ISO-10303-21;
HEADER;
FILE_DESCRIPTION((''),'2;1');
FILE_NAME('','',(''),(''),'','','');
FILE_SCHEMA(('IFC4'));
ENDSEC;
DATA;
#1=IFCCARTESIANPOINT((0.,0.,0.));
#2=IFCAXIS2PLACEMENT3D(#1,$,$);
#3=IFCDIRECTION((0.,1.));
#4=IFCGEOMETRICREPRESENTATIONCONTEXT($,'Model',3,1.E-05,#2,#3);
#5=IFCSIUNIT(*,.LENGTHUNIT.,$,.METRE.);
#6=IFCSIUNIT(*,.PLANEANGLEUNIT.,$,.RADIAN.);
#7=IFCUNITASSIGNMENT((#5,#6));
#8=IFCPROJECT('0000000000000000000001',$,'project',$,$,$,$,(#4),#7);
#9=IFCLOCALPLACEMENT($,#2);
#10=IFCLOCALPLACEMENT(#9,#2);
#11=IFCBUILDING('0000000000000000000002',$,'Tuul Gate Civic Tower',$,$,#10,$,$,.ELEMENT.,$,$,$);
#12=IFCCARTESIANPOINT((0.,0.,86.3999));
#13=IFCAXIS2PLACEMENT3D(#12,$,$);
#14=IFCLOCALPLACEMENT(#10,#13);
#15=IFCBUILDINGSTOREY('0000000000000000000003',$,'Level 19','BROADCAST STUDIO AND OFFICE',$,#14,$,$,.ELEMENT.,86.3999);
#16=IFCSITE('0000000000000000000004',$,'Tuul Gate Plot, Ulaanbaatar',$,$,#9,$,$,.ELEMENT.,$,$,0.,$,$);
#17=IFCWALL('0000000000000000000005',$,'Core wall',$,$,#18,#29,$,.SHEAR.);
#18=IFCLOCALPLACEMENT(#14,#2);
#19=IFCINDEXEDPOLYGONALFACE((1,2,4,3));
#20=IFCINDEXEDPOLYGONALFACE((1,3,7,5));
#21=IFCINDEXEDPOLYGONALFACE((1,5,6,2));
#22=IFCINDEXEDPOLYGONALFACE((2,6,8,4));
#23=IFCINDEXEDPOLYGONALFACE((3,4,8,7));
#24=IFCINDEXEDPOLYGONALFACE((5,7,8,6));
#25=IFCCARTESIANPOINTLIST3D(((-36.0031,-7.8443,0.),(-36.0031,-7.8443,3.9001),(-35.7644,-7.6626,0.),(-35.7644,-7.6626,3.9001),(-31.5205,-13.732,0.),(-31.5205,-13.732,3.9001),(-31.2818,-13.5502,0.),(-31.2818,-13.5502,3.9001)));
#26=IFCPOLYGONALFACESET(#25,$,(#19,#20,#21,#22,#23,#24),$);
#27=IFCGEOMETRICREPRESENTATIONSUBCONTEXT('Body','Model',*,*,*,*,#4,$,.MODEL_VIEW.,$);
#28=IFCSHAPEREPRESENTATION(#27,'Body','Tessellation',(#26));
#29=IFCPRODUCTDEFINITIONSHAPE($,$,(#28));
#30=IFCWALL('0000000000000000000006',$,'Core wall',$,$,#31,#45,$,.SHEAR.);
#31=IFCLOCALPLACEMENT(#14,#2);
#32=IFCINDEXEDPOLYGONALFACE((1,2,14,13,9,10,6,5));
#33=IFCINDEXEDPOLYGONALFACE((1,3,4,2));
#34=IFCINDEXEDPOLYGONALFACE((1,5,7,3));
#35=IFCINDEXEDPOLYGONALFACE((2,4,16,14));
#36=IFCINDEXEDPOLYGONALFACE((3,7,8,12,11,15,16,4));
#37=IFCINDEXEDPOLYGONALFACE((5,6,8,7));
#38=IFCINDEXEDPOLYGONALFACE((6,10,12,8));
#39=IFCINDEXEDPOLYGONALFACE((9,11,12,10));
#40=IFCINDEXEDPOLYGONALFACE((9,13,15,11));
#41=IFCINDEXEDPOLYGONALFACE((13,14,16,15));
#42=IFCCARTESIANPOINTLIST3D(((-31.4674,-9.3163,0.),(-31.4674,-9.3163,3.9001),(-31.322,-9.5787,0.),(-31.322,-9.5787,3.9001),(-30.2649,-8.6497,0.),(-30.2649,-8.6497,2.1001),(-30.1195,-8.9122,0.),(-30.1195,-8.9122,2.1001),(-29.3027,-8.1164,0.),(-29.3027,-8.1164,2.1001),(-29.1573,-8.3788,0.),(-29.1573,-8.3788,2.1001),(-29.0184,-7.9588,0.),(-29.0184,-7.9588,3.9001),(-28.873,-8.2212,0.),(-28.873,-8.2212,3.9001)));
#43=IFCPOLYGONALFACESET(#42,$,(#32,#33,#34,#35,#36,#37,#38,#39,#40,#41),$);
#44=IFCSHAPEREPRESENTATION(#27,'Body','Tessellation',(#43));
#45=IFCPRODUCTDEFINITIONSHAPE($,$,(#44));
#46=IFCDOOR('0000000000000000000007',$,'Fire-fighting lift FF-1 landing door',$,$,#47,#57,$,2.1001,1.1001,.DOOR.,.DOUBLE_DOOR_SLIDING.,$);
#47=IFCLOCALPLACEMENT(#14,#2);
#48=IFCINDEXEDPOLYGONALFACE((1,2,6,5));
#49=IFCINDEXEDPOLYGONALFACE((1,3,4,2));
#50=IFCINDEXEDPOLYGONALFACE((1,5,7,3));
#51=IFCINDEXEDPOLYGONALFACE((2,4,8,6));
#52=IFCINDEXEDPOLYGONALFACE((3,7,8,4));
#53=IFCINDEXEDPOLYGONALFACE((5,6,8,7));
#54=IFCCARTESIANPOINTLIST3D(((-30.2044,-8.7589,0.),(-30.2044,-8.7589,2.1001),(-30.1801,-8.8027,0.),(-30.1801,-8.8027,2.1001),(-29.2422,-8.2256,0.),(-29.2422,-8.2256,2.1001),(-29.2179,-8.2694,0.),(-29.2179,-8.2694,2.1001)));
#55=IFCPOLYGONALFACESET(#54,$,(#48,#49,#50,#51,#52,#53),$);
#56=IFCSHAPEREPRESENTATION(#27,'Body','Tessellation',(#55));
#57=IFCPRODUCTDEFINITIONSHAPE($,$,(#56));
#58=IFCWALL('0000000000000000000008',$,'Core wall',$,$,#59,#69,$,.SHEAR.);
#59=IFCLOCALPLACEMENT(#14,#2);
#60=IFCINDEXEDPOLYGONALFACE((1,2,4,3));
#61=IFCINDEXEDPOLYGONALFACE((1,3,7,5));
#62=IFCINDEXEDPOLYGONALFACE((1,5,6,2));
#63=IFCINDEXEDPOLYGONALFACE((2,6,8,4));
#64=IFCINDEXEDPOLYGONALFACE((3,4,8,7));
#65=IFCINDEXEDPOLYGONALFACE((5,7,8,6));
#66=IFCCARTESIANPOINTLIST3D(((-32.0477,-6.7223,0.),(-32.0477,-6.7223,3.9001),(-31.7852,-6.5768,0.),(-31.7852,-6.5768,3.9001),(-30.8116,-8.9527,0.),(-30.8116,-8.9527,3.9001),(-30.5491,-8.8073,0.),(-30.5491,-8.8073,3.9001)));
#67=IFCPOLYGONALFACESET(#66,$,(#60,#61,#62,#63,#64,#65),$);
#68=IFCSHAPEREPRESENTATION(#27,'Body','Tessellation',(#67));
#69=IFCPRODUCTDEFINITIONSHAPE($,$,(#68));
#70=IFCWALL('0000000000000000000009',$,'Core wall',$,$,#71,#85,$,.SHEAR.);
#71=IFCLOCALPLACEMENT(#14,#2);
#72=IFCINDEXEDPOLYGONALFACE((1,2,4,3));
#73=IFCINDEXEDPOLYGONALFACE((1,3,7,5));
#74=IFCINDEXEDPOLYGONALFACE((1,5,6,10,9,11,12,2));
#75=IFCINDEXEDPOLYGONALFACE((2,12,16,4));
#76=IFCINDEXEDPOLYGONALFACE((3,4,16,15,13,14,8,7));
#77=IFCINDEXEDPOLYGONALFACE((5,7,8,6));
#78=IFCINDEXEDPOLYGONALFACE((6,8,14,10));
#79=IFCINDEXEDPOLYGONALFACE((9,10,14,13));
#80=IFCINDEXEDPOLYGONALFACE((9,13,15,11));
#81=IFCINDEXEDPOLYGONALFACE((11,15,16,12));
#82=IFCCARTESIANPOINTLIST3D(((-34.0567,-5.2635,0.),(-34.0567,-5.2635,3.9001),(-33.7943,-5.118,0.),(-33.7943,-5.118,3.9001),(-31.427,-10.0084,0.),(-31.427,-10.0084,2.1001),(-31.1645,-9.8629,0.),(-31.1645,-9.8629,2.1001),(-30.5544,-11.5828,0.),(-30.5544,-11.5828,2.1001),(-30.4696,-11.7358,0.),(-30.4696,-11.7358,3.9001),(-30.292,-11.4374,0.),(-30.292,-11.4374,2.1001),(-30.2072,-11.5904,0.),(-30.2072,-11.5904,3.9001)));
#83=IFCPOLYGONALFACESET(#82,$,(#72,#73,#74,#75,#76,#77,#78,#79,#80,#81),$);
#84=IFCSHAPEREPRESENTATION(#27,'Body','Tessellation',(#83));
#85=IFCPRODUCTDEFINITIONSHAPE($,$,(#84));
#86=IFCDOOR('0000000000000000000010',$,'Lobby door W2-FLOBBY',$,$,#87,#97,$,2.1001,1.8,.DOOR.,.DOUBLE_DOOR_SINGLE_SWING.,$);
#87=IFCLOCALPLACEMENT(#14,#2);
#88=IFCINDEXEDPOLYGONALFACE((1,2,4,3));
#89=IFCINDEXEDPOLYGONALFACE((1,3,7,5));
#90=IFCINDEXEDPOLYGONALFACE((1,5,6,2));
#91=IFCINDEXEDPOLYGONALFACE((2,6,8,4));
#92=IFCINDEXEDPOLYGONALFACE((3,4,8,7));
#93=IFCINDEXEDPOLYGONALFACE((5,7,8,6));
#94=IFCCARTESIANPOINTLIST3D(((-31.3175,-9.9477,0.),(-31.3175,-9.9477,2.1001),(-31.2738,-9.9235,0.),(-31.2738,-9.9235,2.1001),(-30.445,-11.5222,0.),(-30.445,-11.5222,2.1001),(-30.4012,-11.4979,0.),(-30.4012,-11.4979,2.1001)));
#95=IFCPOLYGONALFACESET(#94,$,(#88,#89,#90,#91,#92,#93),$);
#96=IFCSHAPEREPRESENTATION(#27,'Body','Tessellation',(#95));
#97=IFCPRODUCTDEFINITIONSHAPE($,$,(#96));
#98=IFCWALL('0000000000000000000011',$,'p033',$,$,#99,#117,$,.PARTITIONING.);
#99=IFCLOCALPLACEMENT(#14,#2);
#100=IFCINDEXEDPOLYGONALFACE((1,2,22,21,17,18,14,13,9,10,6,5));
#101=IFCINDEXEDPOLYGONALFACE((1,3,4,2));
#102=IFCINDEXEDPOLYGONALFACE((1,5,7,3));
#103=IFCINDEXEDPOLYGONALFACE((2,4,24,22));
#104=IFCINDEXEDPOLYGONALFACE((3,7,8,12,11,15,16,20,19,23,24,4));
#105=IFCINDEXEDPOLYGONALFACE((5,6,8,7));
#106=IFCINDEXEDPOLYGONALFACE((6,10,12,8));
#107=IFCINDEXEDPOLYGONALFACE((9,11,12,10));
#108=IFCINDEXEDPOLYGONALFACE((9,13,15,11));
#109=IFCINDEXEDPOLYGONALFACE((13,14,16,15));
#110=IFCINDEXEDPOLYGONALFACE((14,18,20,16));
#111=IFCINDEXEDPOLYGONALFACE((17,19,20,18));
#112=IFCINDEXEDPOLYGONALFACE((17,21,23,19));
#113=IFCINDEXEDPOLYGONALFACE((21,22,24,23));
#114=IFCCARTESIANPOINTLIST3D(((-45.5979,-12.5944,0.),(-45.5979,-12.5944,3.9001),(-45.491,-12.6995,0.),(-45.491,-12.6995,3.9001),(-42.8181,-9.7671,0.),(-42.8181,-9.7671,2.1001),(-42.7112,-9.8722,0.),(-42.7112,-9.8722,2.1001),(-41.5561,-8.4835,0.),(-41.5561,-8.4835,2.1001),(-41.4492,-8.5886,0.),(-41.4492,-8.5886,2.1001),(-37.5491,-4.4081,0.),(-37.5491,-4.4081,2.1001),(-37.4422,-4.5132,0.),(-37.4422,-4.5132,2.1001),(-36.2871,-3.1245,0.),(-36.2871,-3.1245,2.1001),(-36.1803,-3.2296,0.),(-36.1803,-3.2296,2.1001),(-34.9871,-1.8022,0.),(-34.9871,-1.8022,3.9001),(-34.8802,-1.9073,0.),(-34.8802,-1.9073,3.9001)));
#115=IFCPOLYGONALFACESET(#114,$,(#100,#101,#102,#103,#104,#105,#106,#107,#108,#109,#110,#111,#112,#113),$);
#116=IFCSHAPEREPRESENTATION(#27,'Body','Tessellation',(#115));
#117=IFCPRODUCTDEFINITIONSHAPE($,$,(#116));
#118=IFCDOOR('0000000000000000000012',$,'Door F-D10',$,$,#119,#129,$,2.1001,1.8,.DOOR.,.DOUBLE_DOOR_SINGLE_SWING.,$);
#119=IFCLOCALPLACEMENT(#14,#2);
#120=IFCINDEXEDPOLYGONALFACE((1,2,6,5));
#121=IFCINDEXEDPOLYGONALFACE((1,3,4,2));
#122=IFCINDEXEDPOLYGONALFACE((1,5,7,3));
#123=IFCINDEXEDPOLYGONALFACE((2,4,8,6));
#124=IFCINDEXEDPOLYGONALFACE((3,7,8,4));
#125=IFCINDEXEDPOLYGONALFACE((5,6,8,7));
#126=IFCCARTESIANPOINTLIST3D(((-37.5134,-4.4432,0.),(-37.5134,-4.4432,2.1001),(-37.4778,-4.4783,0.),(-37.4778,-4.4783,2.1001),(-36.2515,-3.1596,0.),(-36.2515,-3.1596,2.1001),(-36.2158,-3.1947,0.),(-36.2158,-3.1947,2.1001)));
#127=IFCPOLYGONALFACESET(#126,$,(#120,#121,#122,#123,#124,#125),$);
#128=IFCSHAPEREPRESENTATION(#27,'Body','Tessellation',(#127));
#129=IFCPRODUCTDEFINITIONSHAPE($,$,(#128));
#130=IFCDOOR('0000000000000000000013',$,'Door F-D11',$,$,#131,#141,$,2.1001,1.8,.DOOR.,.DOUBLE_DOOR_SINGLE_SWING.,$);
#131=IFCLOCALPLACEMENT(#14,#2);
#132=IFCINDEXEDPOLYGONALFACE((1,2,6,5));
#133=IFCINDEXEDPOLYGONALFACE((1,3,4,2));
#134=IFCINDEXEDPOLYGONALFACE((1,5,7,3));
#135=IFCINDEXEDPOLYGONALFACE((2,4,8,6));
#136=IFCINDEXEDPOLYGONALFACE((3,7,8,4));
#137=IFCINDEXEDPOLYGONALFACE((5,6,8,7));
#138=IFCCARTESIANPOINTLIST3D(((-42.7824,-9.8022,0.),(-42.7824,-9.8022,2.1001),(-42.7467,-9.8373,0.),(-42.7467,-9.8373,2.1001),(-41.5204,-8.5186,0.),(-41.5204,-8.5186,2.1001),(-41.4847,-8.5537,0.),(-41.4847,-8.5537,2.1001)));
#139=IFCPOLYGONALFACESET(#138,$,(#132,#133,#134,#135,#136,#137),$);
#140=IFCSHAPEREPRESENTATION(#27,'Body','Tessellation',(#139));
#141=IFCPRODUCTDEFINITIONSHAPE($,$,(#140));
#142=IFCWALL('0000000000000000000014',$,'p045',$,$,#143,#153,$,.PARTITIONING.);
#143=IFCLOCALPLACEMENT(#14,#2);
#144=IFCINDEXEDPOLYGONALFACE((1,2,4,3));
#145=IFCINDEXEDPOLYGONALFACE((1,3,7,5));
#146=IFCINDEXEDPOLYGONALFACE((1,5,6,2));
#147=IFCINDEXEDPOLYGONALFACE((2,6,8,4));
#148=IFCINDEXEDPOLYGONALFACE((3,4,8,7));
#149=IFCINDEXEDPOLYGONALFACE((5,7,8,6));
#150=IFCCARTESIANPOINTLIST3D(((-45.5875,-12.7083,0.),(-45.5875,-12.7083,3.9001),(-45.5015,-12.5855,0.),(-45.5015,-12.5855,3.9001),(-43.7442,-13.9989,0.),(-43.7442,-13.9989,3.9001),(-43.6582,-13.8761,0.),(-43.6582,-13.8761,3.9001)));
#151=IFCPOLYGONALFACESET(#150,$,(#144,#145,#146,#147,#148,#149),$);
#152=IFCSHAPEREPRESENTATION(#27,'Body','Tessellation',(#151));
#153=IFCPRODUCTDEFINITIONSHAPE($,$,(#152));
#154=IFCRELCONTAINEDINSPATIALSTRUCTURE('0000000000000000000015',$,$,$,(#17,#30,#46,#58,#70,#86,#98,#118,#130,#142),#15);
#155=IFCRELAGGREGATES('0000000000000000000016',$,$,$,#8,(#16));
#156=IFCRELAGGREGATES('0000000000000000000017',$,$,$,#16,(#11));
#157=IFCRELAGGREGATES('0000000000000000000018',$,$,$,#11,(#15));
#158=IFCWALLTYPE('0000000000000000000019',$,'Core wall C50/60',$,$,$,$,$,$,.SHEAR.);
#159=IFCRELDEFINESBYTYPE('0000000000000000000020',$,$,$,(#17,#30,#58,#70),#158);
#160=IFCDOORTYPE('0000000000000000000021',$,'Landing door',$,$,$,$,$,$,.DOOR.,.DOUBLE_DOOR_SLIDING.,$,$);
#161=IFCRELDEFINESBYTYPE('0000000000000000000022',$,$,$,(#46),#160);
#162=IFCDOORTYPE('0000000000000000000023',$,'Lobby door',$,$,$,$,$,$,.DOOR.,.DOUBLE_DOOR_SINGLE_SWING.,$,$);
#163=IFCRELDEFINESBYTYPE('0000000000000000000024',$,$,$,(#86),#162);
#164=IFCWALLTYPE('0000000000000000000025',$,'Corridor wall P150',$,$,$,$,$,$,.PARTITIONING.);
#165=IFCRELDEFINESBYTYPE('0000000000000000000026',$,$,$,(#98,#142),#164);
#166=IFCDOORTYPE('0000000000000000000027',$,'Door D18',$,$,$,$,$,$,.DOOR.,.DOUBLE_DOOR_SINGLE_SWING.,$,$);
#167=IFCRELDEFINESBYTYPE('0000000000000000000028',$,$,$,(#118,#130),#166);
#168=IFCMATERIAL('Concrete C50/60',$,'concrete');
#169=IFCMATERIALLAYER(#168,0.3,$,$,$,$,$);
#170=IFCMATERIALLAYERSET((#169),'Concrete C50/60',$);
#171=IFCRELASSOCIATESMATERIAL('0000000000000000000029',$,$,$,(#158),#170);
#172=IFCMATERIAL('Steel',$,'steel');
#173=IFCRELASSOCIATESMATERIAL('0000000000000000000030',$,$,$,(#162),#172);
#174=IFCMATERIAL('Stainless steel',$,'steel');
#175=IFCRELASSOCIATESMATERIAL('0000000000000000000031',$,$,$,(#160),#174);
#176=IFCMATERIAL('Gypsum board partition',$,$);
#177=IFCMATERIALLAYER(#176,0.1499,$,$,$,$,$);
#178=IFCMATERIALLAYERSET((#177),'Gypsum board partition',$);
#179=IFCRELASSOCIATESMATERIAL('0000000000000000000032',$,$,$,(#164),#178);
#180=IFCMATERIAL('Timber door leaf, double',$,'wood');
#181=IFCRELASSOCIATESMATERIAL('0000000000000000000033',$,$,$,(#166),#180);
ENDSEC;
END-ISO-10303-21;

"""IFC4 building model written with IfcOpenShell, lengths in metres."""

from ifc_helpers import new_model, si_unit, direction, frame, frame_2d, origin, place, context, subcontext, project, spatial, rectangle, extrude, material, layer, layer_set, type_object, element, fill, save


model = new_model("IFC4")

# Units and contexts
model_context = context("Model", 3, precision=1e-05, world=origin(), true_north=direction((0.0, 1.0)))
body_context = subcontext(model_context, "Body", "Model", "MODEL_VIEW")
ifc_project = project(units=[si_unit("LENGTHUNIT", "METRE"), si_unit("PLANEANGLEUNIT", "RADIAN")], contexts=[model_context])

# Site, building, storey
site_placement = place(None, origin())
site = spatial("IfcSite", under=ifc_project, at=site_placement, Name="Tuul Gate Plot, Ulaanbaatar", CompositionType="ELEMENT", RefElevation=0.0)
building_placement = place(site_placement, origin())
building = spatial("IfcBuilding", under=site, at=building_placement, Name="Tuul Gate Civic Tower", CompositionType="ELEMENT")
storey_placement = place(building_placement, frame((0.0, 0.0, 86.3999)))
storey = spatial("IfcBuildingStorey", under=building, at=storey_placement, Name="Level 19", Description="BROADCAST STUDIO AND OFFICE", CompositionType="ELEMENT", Elevation=86.3999)

# Shared definitions
ifc_material_1 = material(Name="Concrete C50/60", Category="concrete")
ifc_layer_1 = layer(ifc_material_1, 0.3)
ifc_layer_set_1 = layer_set([ifc_layer_1], Name="Concrete C50/60")
wall_type_1 = type_object("IfcWallType", Name="Core wall C50/60", PredefinedType="SHEAR", material=ifc_layer_set_1)
ifc_material_2 = material(Name="Steel", Category="steel")
door_type_1 = type_object("IfcDoorType", Name="Lobby door", OperationType="DOUBLE_DOOR_SINGLE_SWING", PredefinedType="DOOR", material=ifc_material_2)

# Wall
wall_1_placement = place(storey_placement, frame((-31.4011, -13.6411, 0.0), z_axis=(0.0, 0.0, 1.0), x_axis=(-0.60577, 0.79564, 0.0)))
element("IfcWall", 1, at=wall_1_placement, inside=storey, type_object=wall_type_1, Name="Core wall", PredefinedType="SHEAR", context=body_context, shape_type="SweptSolid", body=[
    extrude(rectangle(XDim=7.3999, YDim=0.3, at=frame_2d((3.7, 0.0))), origin(), (0.0, 0.0, 1.0), 3.9001),
])

# Wall, opening, door
wall_2_placement = place(storey_placement, frame((-28.9458, -8.0901, 0.0), z_axis=(0.0, 0.0, 1.0), x_axis=(-0.87463, -0.484791, 0.0)))
wall_2 = element("IfcWall", 2, at=wall_2_placement, inside=storey, type_object=wall_type_1, Name="Core wall", PredefinedType="SHEAR", context=body_context, shape_type="SweptSolid", body=[
    extrude(rectangle(XDim=2.8, YDim=0.3, at=frame_2d((1.3999, 0.0))), origin(), (0.0, 0.0, 1.0), 3.9001),
])
opening_1_placement = place(wall_2_placement, frame((0.325, 0.0, 0.0)))
opening_1 = element("IfcOpeningElement", 3, at=opening_1_placement, cuts=wall_2, PredefinedType="OPENING", context=body_context, shape_type="SweptSolid", body=[
    extrude(rectangle(XDim=1.1001, YDim=2.1001, at=frame_2d((0.55, 1.05))), frame((0.0, 0.1602, 0.0), z_axis=(0.0, -1.0, 0.0), x_axis=(1.0, 0.0, 0.0)), (0.0, 0.0, 1.0), 0.3201),
])
ifc_material_3 = material(Name="Stainless steel", Category="steel")
door_type_2 = type_object("IfcDoorType", Name="Landing door", OperationType="DOUBLE_DOOR_SLIDING", PredefinedType="DOOR", material=ifc_material_3)
door_1_placement = place(opening_1_placement, origin())
door_1 = element("IfcDoor", 4, at=door_1_placement, inside=storey, type_object=door_type_2, Name="Fire-fighting lift FF-1 landing door", OperationType="DOUBLE_DOOR_SLIDING", OverallHeight=2.1001, OverallWidth=1.1001, PredefinedType="DOOR", context=body_context, shape_type="SweptSolid", body=[
    extrude(rectangle(XDim=1.1001, YDim=2.1001, at=frame_2d((0.55, 1.05))), frame((0.0, 0.0249, 0.0), z_axis=(0.0, -1.0, 0.0), x_axis=(1.0, 0.0, 0.0)), (0.0, 0.0, 1.0), 0.05),
])
fill(opening_1, door_1)

# Wall
wall_3_placement = place(storey_placement, frame((-30.6804, -8.8799, 0.0), z_axis=(0.0, 0.0, 1.0), x_axis=(-0.484724, 0.874667, 0.0)))
element("IfcWall", 5, at=wall_3_placement, inside=storey, type_object=wall_type_1, Name="Core wall", PredefinedType="SHEAR", context=body_context, shape_type="SweptSolid", body=[
    extrude(rectangle(XDim=2.55, YDim=0.3, at=frame_2d((1.2749, 0.0))), origin(), (0.0, 0.0, 1.0), 3.9001),
])

# Wall, opening, door
wall_4_placement = place(storey_placement, frame((-30.3384, -11.6631, 0.0), z_axis=(0.0, 0.0, 1.0), x_axis=(-0.484752, 0.874652, 0.0)))
wall_4 = element("IfcWall", 6, at=wall_4_placement, inside=storey, type_object=wall_type_1, Name="Core wall", PredefinedType="SHEAR", context=body_context, shape_type="SweptSolid", body=[
    extrude(rectangle(XDim=7.3999, YDim=0.3, at=frame_2d((3.7, 0.0))), origin(), (0.0, 0.0, 1.0), 3.9001),
])
opening_2_placement = place(wall_4_placement, frame((0.175, 0.0, 0.0)))
opening_2 = element("IfcOpeningElement", 7, at=opening_2_placement, cuts=wall_4, PredefinedType="OPENING", context=body_context, shape_type="SweptSolid", body=[
    extrude(rectangle(XDim=1.8, YDim=2.1001, at=frame_2d((0.8999, 1.05))), frame((0.0, 0.1602, 0.0), z_axis=(0.0, -1.0, 0.0), x_axis=(1.0, 0.0, 0.0)), (0.0, 0.0, 1.0), 0.3201),
])
door_2_placement = place(opening_2_placement, origin())
door_2 = element("IfcDoor", 8, at=door_2_placement, inside=storey, type_object=door_type_1, Name="Lobby door W2-FLOBBY", OperationType="DOUBLE_DOOR_SINGLE_SWING", OverallHeight=2.1001, OverallWidth=1.8, PredefinedType="DOOR", context=body_context, shape_type="SweptSolid", body=[
    extrude(rectangle(XDim=1.8, YDim=2.1001, at=frame_2d((0.8999, 1.05))), frame((0.0, 0.0249, 0.0), z_axis=(0.0, -1.0, 0.0), x_axis=(1.0, 0.0, 0.0)), (0.0, 0.0, 1.0), 0.05),
])
fill(opening_2, door_2)

# Wall, openings, doors
ifc_material_4 = material(Name="Gypsum board partition")
ifc_layer_2 = layer(ifc_material_4, 0.1499)
ifc_layer_set_2 = layer_set([ifc_layer_2], Name="Gypsum board partition")
wall_type_2 = type_object("IfcWallType", Name="Corridor wall P150", PredefinedType="PARTITIONING", material=ifc_layer_set_2)
wall_5_placement = place(storey_placement, frame((-45.5444, -12.647, 0.0), z_axis=(0.0, 0.0, 1.0), x_axis=(0.701089, 0.713074, 0.0)))
wall_5 = element("IfcWall", 9, at=wall_5_placement, inside=storey, type_object=wall_type_2, Name="p033", PredefinedType="PARTITIONING", context=body_context, shape_type="SweptSolid", body=[
    extrude(rectangle(XDim=15.1348, YDim=0.1499, at=frame_2d((7.5674, 0.0))), origin(), (0.0, 0.0, 1.0), 3.9001),
])
opening_3_placement = place(wall_5_placement, frame((11.4805, 0.0, 0.0)))
opening_3 = element("IfcOpeningElement", 10, at=opening_3_placement, cuts=wall_5, PredefinedType="OPENING", context=body_context, shape_type="SweptSolid", body=[
    extrude(rectangle(XDim=1.8, YDim=2.1001, at=frame_2d((0.8999, 1.05))), frame((0.0, 0.085, 0.0), z_axis=(0.0, -1.0, 0.0), x_axis=(1.0, 0.0, 0.0)), (0.0, 0.0, 1.0), 0.1699),
])
opening_4_placement = place(wall_5_placement, frame((3.9651, 0.0, 0.0)))
opening_4 = element("IfcOpeningElement", 11, at=opening_4_placement, cuts=wall_5, PredefinedType="OPENING", context=body_context, shape_type="SweptSolid", body=[
    extrude(rectangle(XDim=1.8, YDim=2.1001, at=frame_2d((0.8999, 1.05))), frame((0.0, 0.085, 0.0), z_axis=(0.0, -1.0, 0.0), x_axis=(1.0, 0.0, 0.0)), (0.0, 0.0, 1.0), 0.1699),
])
ifc_material_5 = material(Name="Timber door leaf, double", Category="wood")
door_type_3 = type_object("IfcDoorType", Name="Door D18", OperationType="DOUBLE_DOOR_SINGLE_SWING", PredefinedType="DOOR", material=ifc_material_5)
door_3_placement = place(opening_3_placement, origin())
door_3 = element("IfcDoor", 12, at=door_3_placement, inside=storey, type_object=door_type_3, Name="Door F-D10", OperationType="DOUBLE_DOOR_SINGLE_SWING", OverallHeight=2.1001, OverallWidth=1.8, PredefinedType="DOOR", context=body_context, shape_type="SweptSolid", body=[
    extrude(rectangle(XDim=1.8, YDim=2.1001, at=frame_2d((0.8999, 1.05))), frame((0.0, 0.0249, 0.0), z_axis=(0.0, -1.0, 0.0), x_axis=(1.0, 0.0, 0.0)), (0.0, 0.0, 1.0), 0.05),
])
fill(opening_3, door_3)
door_4_placement = place(opening_4_placement, origin())
door_4 = element("IfcDoor", 13, at=door_4_placement, inside=storey, type_object=door_type_3, Name="Door F-D11", OperationType="DOUBLE_DOOR_SINGLE_SWING", OverallHeight=2.1001, OverallWidth=1.8, PredefinedType="DOOR", context=body_context, shape_type="SweptSolid", body=[
    extrude(rectangle(XDim=1.8, YDim=2.1001, at=frame_2d((0.8999, 1.05))), frame((0.0, 0.0249, 0.0), z_axis=(0.0, -1.0, 0.0), x_axis=(1.0, 0.0, 0.0)), (0.0, 0.0, 1.0), 0.05),
])
fill(opening_4, door_4)

# Wall
wall_6_placement = place(storey_placement, frame((-45.5444, -12.647, 0.0), z_axis=(0.0, 0.0, 1.0), x_axis=(0.819181, -0.573535, 0.0)))
element("IfcWall", 14, at=wall_6_placement, inside=storey, type_object=wall_type_2, Name="p045", PredefinedType="PARTITIONING", context=body_context, shape_type="SweptSolid", body=[
    extrude(rectangle(XDim=2.2502, YDim=0.1499, at=frame_2d((1.125, 0.0))), origin(), (0.0, 0.0, 1.0), 3.9001),
])

save(model, "model.ifc")
